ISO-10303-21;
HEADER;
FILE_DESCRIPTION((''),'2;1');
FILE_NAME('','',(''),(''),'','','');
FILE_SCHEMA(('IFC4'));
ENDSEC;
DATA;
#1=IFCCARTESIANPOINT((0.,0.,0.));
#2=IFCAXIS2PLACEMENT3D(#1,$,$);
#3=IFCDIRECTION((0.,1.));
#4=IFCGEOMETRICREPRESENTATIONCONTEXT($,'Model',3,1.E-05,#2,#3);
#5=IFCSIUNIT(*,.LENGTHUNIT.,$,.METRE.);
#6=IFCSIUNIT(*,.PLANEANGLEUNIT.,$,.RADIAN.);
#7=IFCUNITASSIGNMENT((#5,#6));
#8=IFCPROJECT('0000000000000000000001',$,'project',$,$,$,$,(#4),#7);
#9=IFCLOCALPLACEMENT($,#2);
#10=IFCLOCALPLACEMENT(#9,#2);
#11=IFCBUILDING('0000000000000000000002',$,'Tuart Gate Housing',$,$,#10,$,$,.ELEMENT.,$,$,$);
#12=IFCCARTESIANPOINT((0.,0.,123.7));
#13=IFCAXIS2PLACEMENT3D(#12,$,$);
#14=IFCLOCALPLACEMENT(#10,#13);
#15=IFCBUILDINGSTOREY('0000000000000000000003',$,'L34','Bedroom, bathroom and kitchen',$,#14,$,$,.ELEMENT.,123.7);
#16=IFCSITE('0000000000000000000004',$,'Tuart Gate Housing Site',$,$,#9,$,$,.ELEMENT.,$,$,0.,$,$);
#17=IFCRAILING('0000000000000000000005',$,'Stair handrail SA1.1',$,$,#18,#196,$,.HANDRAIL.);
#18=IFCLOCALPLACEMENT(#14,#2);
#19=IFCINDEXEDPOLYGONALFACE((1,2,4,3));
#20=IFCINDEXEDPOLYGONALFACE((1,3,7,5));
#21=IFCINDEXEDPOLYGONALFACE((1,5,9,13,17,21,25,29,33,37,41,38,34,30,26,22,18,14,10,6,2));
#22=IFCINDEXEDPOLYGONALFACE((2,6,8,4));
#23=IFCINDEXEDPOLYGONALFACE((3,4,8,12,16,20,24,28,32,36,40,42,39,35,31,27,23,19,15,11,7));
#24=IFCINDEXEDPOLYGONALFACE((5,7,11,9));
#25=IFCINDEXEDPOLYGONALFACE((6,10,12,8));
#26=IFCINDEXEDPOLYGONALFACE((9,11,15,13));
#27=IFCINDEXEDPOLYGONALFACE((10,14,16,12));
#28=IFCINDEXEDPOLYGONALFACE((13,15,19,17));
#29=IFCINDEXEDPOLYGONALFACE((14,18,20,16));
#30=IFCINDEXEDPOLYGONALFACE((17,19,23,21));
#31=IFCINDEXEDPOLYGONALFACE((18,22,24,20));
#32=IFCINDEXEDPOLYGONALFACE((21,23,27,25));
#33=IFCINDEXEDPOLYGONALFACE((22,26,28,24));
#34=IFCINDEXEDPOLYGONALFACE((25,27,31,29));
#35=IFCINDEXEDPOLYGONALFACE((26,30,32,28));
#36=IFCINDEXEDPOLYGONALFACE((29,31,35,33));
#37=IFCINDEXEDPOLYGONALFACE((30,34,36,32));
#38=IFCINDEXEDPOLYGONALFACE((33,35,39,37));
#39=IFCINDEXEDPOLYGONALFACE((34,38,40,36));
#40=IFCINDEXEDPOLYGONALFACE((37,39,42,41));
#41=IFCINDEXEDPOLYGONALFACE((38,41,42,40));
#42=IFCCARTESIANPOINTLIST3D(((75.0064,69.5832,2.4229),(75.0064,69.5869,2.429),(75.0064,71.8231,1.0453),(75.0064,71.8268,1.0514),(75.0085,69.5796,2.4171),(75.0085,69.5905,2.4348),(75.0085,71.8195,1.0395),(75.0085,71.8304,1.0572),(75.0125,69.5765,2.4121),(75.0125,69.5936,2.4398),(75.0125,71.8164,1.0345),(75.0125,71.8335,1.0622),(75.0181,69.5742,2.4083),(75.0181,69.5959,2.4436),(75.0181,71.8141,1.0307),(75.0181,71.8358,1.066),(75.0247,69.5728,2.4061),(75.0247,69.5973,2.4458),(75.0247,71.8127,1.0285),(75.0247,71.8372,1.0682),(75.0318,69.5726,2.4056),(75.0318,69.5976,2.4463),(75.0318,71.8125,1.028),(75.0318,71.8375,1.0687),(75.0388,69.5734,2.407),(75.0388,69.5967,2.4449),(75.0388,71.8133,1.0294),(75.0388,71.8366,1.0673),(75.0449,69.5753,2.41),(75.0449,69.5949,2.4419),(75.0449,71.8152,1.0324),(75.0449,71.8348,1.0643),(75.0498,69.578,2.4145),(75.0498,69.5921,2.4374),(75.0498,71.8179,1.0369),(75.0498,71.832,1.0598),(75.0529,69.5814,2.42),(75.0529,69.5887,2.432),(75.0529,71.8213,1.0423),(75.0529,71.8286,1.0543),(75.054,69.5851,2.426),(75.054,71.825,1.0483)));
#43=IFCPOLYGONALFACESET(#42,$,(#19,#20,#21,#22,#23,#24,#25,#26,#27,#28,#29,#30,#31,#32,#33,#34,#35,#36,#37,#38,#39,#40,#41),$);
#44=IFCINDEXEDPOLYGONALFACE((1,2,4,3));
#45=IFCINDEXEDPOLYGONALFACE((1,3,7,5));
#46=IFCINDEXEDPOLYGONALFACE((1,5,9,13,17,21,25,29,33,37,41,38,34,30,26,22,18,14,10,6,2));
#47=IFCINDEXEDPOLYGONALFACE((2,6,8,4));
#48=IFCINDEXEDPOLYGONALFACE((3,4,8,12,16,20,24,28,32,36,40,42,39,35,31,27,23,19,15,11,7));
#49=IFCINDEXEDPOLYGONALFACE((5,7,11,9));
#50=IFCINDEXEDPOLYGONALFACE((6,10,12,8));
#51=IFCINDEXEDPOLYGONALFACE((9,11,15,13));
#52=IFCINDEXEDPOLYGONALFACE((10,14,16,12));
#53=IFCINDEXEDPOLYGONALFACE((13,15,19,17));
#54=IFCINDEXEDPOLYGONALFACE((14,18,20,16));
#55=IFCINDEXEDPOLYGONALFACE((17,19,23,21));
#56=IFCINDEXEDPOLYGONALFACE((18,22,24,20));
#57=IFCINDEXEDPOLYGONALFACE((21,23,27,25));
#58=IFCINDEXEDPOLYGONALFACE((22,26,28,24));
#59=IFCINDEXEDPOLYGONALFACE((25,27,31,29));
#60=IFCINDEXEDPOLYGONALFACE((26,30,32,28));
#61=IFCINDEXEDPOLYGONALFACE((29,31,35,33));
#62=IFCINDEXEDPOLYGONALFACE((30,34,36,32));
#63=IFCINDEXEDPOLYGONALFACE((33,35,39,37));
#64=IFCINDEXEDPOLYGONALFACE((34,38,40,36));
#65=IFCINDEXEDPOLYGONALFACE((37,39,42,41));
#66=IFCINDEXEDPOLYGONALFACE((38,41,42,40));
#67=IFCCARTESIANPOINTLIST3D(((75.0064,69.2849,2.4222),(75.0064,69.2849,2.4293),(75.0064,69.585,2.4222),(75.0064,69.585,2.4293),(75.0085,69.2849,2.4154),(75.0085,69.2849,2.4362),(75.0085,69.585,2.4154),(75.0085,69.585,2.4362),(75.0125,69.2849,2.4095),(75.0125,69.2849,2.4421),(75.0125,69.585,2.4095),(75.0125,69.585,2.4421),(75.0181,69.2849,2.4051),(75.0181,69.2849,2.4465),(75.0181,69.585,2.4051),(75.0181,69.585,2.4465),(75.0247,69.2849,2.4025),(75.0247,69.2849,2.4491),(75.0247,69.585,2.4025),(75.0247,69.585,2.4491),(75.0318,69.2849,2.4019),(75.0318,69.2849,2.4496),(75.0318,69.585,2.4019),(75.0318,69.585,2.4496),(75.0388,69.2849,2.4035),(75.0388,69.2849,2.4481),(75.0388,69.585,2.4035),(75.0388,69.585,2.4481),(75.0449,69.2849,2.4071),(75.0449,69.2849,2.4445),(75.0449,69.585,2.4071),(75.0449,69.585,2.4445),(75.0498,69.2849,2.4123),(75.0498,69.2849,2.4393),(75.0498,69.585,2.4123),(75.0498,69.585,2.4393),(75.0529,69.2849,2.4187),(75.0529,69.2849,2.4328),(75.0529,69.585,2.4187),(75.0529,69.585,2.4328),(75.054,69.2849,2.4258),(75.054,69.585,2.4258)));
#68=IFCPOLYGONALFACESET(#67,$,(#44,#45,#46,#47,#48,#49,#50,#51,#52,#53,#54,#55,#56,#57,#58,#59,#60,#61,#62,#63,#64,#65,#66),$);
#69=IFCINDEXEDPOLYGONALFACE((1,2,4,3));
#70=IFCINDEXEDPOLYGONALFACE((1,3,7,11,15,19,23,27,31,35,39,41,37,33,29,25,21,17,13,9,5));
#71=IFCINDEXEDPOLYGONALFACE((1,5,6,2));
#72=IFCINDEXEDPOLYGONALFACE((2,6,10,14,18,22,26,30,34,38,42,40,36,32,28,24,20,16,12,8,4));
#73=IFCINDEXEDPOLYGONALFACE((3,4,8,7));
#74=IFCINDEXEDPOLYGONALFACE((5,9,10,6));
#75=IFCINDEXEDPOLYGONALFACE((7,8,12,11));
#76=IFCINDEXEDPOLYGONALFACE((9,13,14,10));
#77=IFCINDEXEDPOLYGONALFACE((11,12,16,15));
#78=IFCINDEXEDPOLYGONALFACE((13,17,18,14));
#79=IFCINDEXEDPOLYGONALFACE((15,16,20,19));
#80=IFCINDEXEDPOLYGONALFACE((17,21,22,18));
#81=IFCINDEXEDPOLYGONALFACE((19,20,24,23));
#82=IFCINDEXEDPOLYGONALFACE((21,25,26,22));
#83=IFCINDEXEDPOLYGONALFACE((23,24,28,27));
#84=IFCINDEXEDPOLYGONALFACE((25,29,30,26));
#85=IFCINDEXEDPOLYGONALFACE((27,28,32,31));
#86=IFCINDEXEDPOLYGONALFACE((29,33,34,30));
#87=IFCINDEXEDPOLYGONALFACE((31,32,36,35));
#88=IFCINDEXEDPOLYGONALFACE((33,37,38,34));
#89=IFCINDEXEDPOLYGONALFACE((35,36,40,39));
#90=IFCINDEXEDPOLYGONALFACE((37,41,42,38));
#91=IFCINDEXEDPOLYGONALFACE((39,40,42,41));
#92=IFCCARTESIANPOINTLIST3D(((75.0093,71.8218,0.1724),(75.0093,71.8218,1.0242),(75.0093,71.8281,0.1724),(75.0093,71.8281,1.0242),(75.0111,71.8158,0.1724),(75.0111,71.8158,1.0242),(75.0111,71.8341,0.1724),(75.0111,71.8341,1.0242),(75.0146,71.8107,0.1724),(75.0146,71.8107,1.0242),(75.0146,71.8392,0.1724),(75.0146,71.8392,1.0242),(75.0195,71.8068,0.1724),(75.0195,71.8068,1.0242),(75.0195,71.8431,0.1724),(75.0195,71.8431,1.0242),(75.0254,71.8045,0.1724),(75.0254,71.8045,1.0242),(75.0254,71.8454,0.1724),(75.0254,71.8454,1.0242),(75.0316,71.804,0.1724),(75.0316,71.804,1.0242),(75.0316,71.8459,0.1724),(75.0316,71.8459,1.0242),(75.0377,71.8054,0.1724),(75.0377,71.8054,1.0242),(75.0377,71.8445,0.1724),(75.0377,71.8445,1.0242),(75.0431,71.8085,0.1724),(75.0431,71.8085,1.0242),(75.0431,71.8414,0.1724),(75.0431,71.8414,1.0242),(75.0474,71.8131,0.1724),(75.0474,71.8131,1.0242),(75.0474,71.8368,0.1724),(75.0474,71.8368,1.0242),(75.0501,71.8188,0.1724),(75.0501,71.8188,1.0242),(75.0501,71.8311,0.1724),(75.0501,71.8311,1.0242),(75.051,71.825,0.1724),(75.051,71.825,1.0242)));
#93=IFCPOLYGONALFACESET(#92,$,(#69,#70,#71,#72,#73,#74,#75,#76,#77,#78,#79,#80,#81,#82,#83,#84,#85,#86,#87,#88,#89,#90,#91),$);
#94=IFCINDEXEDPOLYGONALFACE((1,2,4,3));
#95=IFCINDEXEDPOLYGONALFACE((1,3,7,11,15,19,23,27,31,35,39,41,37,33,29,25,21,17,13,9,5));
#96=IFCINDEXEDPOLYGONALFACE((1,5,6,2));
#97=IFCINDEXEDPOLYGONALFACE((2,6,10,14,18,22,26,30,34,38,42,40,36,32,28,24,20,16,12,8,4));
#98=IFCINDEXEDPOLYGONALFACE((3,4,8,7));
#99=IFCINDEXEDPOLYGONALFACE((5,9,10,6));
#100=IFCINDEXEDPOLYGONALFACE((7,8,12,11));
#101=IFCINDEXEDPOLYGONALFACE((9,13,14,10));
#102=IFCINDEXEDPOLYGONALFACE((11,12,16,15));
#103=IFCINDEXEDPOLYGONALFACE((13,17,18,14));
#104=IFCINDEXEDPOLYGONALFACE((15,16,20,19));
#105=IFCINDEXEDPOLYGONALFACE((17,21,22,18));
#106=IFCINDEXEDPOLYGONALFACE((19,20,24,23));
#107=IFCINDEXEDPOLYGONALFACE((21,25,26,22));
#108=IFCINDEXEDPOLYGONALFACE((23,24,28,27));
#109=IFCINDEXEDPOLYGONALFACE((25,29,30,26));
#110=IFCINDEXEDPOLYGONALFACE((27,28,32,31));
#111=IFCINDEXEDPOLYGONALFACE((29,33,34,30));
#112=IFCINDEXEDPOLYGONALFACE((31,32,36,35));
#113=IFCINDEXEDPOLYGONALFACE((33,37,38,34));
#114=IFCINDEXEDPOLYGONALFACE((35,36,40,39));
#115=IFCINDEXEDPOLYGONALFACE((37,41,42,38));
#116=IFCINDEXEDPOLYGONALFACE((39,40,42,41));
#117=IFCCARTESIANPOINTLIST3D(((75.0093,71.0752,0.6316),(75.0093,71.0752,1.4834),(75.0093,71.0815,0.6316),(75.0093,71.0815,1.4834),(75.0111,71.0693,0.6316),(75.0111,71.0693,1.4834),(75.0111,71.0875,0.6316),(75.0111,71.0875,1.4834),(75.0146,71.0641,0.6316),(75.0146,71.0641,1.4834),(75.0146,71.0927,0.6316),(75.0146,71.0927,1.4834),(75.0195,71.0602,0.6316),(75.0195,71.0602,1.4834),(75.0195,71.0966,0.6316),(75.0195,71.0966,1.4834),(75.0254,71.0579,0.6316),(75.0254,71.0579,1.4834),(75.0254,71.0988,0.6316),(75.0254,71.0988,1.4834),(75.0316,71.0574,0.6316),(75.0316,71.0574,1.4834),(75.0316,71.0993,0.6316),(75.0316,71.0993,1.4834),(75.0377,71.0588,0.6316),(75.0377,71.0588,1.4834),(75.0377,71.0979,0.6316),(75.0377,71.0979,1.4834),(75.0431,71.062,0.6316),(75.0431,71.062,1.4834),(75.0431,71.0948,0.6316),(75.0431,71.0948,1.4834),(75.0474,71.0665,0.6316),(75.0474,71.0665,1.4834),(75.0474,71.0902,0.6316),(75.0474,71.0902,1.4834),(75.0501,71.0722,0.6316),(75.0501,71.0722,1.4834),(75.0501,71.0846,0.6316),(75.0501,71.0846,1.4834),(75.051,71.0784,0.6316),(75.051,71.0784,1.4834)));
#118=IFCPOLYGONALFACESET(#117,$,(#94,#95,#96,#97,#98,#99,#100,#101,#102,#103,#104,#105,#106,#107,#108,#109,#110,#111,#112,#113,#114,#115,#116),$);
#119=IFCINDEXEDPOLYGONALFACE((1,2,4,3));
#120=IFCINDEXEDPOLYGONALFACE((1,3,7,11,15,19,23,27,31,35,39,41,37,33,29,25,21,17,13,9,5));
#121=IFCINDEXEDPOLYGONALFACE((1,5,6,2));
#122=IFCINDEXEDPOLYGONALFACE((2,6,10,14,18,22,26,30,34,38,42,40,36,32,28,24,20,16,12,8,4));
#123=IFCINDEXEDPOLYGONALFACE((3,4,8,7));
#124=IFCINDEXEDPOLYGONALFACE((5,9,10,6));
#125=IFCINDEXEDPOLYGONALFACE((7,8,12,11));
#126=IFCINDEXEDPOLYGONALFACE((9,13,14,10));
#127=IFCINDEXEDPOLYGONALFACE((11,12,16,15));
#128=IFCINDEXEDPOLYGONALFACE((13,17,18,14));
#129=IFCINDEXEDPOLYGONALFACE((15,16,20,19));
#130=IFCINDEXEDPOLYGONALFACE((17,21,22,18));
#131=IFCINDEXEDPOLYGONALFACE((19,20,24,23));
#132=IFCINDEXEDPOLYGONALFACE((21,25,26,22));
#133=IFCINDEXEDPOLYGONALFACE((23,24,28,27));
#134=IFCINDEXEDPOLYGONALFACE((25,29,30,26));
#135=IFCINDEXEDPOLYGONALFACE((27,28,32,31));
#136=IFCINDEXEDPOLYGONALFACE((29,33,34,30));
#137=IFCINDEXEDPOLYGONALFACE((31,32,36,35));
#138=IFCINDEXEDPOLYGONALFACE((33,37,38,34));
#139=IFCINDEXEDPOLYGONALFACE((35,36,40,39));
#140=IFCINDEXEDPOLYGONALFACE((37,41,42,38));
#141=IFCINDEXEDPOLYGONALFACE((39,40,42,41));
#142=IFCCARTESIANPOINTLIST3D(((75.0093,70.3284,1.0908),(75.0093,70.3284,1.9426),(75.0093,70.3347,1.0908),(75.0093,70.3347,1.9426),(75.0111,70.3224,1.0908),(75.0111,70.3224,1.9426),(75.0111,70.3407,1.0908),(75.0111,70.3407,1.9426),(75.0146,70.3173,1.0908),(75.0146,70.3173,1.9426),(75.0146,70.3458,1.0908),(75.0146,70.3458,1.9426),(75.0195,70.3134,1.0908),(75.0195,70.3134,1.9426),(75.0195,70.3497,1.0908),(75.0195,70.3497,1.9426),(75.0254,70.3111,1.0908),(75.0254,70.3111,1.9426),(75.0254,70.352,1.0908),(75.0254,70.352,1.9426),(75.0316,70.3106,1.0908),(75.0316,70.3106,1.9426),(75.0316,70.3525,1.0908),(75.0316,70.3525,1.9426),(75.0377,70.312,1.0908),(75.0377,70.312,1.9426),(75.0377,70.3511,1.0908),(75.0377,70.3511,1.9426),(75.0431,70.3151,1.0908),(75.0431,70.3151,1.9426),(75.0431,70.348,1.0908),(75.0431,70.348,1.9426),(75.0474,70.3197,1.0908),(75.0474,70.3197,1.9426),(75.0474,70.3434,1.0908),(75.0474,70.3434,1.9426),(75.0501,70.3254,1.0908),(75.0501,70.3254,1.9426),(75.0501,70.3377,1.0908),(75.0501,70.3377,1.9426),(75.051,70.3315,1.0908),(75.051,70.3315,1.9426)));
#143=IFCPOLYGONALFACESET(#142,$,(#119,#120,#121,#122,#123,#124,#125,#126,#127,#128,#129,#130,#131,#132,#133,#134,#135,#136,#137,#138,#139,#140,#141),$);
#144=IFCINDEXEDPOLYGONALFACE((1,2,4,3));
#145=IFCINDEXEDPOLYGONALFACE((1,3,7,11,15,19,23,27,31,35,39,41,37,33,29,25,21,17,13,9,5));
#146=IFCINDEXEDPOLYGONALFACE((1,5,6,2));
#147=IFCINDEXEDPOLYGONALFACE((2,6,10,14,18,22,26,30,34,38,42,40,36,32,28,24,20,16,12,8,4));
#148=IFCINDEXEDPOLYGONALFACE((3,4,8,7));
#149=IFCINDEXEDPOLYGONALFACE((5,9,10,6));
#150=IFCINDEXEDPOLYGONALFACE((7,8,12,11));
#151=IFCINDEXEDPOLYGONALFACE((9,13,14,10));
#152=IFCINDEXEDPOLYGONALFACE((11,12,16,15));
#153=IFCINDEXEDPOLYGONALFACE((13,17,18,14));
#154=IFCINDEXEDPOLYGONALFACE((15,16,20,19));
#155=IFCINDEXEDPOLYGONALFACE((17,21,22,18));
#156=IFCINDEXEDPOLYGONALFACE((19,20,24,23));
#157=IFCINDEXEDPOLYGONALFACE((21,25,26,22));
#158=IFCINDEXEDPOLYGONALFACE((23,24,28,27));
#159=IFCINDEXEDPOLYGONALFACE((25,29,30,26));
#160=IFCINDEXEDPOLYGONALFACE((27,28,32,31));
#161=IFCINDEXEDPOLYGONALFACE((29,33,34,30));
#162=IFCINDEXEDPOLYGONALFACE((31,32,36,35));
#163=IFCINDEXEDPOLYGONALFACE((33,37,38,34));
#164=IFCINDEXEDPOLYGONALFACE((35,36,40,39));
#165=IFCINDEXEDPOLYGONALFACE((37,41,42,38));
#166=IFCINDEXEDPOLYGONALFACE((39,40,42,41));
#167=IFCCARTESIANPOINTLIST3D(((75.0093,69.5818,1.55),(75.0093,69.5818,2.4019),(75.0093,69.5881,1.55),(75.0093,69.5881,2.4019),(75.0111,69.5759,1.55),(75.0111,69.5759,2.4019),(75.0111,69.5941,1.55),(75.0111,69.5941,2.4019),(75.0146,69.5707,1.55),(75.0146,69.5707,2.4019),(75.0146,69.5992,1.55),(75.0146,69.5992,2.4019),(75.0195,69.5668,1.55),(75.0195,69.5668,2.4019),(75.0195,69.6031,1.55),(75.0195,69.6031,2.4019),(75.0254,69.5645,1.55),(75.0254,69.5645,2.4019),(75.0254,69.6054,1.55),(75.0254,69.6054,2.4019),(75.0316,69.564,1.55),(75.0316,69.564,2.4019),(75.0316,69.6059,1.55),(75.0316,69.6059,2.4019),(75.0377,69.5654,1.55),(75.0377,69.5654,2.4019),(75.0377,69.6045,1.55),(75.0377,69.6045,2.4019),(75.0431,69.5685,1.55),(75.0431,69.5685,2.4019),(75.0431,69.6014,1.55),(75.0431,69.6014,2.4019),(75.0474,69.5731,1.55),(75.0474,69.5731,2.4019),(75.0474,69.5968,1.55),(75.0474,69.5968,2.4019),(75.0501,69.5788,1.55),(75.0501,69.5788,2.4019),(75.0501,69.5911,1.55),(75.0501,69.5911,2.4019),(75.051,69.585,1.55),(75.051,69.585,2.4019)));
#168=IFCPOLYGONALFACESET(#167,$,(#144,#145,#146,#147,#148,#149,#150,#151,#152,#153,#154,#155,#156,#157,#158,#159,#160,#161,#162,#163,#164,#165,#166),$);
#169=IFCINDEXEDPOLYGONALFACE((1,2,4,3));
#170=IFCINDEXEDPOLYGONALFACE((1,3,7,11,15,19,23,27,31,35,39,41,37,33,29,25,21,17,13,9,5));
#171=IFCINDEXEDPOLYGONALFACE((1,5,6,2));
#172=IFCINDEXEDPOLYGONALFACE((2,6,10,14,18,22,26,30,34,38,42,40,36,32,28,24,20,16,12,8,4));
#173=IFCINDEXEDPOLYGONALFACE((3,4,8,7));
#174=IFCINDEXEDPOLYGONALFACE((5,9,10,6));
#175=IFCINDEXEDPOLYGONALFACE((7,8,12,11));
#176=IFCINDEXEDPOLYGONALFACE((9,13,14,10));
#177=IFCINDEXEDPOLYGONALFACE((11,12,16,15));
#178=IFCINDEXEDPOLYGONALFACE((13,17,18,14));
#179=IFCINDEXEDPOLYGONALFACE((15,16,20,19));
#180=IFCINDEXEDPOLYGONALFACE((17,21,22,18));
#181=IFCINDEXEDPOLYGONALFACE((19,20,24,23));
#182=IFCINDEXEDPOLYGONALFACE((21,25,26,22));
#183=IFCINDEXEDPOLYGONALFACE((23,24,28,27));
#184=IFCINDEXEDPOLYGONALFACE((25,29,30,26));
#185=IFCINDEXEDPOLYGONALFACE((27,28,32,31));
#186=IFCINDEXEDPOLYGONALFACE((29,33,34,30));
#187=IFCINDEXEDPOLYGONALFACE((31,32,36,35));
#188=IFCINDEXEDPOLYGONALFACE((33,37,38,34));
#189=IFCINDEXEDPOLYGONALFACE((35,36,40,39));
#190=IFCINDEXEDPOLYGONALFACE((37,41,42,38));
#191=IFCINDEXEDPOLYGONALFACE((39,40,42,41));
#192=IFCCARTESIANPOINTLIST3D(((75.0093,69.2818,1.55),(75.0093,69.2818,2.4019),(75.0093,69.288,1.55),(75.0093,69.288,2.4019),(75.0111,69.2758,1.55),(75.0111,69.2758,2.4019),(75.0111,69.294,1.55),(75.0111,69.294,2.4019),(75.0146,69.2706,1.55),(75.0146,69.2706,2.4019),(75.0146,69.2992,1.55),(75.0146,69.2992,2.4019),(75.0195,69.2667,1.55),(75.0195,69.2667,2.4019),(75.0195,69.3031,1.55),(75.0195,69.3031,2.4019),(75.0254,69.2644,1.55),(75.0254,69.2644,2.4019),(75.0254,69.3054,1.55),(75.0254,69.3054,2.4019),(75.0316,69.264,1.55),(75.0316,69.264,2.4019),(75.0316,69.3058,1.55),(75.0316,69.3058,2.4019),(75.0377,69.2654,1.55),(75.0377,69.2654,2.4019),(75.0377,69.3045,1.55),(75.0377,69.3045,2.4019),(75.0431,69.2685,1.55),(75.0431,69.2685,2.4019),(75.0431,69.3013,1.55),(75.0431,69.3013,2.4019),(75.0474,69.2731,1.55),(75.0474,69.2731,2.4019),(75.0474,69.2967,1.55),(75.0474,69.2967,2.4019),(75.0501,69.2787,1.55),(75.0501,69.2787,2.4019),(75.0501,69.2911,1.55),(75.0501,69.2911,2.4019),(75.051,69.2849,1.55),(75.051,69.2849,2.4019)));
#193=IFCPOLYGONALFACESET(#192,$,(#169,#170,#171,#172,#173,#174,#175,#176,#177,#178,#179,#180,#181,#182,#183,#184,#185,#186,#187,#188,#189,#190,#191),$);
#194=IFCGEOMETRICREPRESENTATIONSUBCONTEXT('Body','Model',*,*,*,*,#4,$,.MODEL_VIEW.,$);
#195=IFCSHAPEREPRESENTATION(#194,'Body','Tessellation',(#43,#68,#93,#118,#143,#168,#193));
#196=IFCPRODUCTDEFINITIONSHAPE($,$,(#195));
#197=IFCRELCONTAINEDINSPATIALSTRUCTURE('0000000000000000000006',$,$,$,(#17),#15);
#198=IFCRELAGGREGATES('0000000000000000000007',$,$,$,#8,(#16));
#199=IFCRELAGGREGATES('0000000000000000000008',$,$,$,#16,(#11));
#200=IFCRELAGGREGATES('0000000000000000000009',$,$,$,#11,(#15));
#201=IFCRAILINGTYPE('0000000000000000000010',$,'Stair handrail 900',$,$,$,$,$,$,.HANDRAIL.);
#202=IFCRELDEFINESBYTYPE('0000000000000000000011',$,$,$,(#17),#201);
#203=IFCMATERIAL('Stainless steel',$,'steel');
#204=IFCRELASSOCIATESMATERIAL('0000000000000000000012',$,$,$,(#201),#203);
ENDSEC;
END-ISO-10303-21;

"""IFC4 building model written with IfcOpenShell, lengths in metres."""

from ifc_helpers import new_model, si_unit, direction, frame, origin, origin_2d, place, context, subcontext, project, spatial, circle, extrude, material, type_object, element, save


model = new_model("IFC4")

# Units and contexts
model_context = context("Model", 3, precision=1e-05, world=origin(), true_north=direction((0.0, 1.0)))
body_context = subcontext(model_context, "Body", "Model", "MODEL_VIEW")
ifc_project = project(units=[si_unit("LENGTHUNIT", "METRE"), si_unit("PLANEANGLEUNIT", "RADIAN")], contexts=[model_context])

# Site, building, storey
site_placement = place(None, origin())
site = spatial("IfcSite", under=ifc_project, at=site_placement, Name="Tuart Gate Housing Site", CompositionType="ELEMENT", RefElevation=0.0)
building_placement = place(site_placement, origin())
building = spatial("IfcBuilding", under=site, at=building_placement, Name="Tuart Gate Housing", CompositionType="ELEMENT")
storey_placement = place(building_placement, frame((0.0, 0.0, 123.7)))
storey = spatial("IfcBuildingStorey", under=building, at=storey_placement, Name="L34", Description="Bedroom, bathroom and kitchen", CompositionType="ELEMENT", Elevation=123.7)

# Railing
ifc_material_1 = material(Name="Stainless steel", Category="steel")
railing_type = type_object("IfcRailingType", Name="Stair handrail 900", PredefinedType="HANDRAIL", material=ifc_material_1)
railing_placement = place(storey_placement, frame((75.03, 71.825, 0.1724)))
element("IfcRailing", 1, at=railing_placement, inside=storey, type_object=railing_type, Name="Stair handrail SA1.1", PredefinedType="HANDRAIL", context=body_context, shape_type="SweptSolid", body=[
    extrude(circle(Radius=0.0239, at=origin_2d()), frame((0.0, 0.0, 0.876), z_axis=(0.0, -0.851789, 0.523885), x_axis=(1.0, 0.0, 0.0)), (0.0, 0.0, 1.0), 2.6296),
    extrude(circle(Radius=0.0239, at=origin_2d()), frame((0.0, -2.24, 2.2534), z_axis=(0.0, -1.0, 0.0), x_axis=(1.0, 0.0, 0.0)), (0.0, 0.0, 1.0), 0.3),
    extrude(circle(Radius=0.021, at=origin_2d()), origin(), (0.0, 0.0, 1.0), 0.8518),
    extrude(circle(Radius=0.021, at=origin_2d()), frame((0.0, -0.7466, 0.4592)), (0.0, 0.0, 1.0), 0.8518),
    extrude(circle(Radius=0.021, at=origin_2d()), frame((0.0, -1.4934, 0.9185)), (0.0, 0.0, 1.0), 0.8518),
    extrude(circle(Radius=0.021, at=origin_2d()), frame((0.0, -2.24, 1.3777)), (0.0, 0.0, 1.0), 0.8518),
    extrude(circle(Radius=0.021, at=origin_2d()), frame((0.0, -2.54, 1.3777)), (0.0, 0.0, 1.0), 0.8518),
])

save(model, "model.ifc")
